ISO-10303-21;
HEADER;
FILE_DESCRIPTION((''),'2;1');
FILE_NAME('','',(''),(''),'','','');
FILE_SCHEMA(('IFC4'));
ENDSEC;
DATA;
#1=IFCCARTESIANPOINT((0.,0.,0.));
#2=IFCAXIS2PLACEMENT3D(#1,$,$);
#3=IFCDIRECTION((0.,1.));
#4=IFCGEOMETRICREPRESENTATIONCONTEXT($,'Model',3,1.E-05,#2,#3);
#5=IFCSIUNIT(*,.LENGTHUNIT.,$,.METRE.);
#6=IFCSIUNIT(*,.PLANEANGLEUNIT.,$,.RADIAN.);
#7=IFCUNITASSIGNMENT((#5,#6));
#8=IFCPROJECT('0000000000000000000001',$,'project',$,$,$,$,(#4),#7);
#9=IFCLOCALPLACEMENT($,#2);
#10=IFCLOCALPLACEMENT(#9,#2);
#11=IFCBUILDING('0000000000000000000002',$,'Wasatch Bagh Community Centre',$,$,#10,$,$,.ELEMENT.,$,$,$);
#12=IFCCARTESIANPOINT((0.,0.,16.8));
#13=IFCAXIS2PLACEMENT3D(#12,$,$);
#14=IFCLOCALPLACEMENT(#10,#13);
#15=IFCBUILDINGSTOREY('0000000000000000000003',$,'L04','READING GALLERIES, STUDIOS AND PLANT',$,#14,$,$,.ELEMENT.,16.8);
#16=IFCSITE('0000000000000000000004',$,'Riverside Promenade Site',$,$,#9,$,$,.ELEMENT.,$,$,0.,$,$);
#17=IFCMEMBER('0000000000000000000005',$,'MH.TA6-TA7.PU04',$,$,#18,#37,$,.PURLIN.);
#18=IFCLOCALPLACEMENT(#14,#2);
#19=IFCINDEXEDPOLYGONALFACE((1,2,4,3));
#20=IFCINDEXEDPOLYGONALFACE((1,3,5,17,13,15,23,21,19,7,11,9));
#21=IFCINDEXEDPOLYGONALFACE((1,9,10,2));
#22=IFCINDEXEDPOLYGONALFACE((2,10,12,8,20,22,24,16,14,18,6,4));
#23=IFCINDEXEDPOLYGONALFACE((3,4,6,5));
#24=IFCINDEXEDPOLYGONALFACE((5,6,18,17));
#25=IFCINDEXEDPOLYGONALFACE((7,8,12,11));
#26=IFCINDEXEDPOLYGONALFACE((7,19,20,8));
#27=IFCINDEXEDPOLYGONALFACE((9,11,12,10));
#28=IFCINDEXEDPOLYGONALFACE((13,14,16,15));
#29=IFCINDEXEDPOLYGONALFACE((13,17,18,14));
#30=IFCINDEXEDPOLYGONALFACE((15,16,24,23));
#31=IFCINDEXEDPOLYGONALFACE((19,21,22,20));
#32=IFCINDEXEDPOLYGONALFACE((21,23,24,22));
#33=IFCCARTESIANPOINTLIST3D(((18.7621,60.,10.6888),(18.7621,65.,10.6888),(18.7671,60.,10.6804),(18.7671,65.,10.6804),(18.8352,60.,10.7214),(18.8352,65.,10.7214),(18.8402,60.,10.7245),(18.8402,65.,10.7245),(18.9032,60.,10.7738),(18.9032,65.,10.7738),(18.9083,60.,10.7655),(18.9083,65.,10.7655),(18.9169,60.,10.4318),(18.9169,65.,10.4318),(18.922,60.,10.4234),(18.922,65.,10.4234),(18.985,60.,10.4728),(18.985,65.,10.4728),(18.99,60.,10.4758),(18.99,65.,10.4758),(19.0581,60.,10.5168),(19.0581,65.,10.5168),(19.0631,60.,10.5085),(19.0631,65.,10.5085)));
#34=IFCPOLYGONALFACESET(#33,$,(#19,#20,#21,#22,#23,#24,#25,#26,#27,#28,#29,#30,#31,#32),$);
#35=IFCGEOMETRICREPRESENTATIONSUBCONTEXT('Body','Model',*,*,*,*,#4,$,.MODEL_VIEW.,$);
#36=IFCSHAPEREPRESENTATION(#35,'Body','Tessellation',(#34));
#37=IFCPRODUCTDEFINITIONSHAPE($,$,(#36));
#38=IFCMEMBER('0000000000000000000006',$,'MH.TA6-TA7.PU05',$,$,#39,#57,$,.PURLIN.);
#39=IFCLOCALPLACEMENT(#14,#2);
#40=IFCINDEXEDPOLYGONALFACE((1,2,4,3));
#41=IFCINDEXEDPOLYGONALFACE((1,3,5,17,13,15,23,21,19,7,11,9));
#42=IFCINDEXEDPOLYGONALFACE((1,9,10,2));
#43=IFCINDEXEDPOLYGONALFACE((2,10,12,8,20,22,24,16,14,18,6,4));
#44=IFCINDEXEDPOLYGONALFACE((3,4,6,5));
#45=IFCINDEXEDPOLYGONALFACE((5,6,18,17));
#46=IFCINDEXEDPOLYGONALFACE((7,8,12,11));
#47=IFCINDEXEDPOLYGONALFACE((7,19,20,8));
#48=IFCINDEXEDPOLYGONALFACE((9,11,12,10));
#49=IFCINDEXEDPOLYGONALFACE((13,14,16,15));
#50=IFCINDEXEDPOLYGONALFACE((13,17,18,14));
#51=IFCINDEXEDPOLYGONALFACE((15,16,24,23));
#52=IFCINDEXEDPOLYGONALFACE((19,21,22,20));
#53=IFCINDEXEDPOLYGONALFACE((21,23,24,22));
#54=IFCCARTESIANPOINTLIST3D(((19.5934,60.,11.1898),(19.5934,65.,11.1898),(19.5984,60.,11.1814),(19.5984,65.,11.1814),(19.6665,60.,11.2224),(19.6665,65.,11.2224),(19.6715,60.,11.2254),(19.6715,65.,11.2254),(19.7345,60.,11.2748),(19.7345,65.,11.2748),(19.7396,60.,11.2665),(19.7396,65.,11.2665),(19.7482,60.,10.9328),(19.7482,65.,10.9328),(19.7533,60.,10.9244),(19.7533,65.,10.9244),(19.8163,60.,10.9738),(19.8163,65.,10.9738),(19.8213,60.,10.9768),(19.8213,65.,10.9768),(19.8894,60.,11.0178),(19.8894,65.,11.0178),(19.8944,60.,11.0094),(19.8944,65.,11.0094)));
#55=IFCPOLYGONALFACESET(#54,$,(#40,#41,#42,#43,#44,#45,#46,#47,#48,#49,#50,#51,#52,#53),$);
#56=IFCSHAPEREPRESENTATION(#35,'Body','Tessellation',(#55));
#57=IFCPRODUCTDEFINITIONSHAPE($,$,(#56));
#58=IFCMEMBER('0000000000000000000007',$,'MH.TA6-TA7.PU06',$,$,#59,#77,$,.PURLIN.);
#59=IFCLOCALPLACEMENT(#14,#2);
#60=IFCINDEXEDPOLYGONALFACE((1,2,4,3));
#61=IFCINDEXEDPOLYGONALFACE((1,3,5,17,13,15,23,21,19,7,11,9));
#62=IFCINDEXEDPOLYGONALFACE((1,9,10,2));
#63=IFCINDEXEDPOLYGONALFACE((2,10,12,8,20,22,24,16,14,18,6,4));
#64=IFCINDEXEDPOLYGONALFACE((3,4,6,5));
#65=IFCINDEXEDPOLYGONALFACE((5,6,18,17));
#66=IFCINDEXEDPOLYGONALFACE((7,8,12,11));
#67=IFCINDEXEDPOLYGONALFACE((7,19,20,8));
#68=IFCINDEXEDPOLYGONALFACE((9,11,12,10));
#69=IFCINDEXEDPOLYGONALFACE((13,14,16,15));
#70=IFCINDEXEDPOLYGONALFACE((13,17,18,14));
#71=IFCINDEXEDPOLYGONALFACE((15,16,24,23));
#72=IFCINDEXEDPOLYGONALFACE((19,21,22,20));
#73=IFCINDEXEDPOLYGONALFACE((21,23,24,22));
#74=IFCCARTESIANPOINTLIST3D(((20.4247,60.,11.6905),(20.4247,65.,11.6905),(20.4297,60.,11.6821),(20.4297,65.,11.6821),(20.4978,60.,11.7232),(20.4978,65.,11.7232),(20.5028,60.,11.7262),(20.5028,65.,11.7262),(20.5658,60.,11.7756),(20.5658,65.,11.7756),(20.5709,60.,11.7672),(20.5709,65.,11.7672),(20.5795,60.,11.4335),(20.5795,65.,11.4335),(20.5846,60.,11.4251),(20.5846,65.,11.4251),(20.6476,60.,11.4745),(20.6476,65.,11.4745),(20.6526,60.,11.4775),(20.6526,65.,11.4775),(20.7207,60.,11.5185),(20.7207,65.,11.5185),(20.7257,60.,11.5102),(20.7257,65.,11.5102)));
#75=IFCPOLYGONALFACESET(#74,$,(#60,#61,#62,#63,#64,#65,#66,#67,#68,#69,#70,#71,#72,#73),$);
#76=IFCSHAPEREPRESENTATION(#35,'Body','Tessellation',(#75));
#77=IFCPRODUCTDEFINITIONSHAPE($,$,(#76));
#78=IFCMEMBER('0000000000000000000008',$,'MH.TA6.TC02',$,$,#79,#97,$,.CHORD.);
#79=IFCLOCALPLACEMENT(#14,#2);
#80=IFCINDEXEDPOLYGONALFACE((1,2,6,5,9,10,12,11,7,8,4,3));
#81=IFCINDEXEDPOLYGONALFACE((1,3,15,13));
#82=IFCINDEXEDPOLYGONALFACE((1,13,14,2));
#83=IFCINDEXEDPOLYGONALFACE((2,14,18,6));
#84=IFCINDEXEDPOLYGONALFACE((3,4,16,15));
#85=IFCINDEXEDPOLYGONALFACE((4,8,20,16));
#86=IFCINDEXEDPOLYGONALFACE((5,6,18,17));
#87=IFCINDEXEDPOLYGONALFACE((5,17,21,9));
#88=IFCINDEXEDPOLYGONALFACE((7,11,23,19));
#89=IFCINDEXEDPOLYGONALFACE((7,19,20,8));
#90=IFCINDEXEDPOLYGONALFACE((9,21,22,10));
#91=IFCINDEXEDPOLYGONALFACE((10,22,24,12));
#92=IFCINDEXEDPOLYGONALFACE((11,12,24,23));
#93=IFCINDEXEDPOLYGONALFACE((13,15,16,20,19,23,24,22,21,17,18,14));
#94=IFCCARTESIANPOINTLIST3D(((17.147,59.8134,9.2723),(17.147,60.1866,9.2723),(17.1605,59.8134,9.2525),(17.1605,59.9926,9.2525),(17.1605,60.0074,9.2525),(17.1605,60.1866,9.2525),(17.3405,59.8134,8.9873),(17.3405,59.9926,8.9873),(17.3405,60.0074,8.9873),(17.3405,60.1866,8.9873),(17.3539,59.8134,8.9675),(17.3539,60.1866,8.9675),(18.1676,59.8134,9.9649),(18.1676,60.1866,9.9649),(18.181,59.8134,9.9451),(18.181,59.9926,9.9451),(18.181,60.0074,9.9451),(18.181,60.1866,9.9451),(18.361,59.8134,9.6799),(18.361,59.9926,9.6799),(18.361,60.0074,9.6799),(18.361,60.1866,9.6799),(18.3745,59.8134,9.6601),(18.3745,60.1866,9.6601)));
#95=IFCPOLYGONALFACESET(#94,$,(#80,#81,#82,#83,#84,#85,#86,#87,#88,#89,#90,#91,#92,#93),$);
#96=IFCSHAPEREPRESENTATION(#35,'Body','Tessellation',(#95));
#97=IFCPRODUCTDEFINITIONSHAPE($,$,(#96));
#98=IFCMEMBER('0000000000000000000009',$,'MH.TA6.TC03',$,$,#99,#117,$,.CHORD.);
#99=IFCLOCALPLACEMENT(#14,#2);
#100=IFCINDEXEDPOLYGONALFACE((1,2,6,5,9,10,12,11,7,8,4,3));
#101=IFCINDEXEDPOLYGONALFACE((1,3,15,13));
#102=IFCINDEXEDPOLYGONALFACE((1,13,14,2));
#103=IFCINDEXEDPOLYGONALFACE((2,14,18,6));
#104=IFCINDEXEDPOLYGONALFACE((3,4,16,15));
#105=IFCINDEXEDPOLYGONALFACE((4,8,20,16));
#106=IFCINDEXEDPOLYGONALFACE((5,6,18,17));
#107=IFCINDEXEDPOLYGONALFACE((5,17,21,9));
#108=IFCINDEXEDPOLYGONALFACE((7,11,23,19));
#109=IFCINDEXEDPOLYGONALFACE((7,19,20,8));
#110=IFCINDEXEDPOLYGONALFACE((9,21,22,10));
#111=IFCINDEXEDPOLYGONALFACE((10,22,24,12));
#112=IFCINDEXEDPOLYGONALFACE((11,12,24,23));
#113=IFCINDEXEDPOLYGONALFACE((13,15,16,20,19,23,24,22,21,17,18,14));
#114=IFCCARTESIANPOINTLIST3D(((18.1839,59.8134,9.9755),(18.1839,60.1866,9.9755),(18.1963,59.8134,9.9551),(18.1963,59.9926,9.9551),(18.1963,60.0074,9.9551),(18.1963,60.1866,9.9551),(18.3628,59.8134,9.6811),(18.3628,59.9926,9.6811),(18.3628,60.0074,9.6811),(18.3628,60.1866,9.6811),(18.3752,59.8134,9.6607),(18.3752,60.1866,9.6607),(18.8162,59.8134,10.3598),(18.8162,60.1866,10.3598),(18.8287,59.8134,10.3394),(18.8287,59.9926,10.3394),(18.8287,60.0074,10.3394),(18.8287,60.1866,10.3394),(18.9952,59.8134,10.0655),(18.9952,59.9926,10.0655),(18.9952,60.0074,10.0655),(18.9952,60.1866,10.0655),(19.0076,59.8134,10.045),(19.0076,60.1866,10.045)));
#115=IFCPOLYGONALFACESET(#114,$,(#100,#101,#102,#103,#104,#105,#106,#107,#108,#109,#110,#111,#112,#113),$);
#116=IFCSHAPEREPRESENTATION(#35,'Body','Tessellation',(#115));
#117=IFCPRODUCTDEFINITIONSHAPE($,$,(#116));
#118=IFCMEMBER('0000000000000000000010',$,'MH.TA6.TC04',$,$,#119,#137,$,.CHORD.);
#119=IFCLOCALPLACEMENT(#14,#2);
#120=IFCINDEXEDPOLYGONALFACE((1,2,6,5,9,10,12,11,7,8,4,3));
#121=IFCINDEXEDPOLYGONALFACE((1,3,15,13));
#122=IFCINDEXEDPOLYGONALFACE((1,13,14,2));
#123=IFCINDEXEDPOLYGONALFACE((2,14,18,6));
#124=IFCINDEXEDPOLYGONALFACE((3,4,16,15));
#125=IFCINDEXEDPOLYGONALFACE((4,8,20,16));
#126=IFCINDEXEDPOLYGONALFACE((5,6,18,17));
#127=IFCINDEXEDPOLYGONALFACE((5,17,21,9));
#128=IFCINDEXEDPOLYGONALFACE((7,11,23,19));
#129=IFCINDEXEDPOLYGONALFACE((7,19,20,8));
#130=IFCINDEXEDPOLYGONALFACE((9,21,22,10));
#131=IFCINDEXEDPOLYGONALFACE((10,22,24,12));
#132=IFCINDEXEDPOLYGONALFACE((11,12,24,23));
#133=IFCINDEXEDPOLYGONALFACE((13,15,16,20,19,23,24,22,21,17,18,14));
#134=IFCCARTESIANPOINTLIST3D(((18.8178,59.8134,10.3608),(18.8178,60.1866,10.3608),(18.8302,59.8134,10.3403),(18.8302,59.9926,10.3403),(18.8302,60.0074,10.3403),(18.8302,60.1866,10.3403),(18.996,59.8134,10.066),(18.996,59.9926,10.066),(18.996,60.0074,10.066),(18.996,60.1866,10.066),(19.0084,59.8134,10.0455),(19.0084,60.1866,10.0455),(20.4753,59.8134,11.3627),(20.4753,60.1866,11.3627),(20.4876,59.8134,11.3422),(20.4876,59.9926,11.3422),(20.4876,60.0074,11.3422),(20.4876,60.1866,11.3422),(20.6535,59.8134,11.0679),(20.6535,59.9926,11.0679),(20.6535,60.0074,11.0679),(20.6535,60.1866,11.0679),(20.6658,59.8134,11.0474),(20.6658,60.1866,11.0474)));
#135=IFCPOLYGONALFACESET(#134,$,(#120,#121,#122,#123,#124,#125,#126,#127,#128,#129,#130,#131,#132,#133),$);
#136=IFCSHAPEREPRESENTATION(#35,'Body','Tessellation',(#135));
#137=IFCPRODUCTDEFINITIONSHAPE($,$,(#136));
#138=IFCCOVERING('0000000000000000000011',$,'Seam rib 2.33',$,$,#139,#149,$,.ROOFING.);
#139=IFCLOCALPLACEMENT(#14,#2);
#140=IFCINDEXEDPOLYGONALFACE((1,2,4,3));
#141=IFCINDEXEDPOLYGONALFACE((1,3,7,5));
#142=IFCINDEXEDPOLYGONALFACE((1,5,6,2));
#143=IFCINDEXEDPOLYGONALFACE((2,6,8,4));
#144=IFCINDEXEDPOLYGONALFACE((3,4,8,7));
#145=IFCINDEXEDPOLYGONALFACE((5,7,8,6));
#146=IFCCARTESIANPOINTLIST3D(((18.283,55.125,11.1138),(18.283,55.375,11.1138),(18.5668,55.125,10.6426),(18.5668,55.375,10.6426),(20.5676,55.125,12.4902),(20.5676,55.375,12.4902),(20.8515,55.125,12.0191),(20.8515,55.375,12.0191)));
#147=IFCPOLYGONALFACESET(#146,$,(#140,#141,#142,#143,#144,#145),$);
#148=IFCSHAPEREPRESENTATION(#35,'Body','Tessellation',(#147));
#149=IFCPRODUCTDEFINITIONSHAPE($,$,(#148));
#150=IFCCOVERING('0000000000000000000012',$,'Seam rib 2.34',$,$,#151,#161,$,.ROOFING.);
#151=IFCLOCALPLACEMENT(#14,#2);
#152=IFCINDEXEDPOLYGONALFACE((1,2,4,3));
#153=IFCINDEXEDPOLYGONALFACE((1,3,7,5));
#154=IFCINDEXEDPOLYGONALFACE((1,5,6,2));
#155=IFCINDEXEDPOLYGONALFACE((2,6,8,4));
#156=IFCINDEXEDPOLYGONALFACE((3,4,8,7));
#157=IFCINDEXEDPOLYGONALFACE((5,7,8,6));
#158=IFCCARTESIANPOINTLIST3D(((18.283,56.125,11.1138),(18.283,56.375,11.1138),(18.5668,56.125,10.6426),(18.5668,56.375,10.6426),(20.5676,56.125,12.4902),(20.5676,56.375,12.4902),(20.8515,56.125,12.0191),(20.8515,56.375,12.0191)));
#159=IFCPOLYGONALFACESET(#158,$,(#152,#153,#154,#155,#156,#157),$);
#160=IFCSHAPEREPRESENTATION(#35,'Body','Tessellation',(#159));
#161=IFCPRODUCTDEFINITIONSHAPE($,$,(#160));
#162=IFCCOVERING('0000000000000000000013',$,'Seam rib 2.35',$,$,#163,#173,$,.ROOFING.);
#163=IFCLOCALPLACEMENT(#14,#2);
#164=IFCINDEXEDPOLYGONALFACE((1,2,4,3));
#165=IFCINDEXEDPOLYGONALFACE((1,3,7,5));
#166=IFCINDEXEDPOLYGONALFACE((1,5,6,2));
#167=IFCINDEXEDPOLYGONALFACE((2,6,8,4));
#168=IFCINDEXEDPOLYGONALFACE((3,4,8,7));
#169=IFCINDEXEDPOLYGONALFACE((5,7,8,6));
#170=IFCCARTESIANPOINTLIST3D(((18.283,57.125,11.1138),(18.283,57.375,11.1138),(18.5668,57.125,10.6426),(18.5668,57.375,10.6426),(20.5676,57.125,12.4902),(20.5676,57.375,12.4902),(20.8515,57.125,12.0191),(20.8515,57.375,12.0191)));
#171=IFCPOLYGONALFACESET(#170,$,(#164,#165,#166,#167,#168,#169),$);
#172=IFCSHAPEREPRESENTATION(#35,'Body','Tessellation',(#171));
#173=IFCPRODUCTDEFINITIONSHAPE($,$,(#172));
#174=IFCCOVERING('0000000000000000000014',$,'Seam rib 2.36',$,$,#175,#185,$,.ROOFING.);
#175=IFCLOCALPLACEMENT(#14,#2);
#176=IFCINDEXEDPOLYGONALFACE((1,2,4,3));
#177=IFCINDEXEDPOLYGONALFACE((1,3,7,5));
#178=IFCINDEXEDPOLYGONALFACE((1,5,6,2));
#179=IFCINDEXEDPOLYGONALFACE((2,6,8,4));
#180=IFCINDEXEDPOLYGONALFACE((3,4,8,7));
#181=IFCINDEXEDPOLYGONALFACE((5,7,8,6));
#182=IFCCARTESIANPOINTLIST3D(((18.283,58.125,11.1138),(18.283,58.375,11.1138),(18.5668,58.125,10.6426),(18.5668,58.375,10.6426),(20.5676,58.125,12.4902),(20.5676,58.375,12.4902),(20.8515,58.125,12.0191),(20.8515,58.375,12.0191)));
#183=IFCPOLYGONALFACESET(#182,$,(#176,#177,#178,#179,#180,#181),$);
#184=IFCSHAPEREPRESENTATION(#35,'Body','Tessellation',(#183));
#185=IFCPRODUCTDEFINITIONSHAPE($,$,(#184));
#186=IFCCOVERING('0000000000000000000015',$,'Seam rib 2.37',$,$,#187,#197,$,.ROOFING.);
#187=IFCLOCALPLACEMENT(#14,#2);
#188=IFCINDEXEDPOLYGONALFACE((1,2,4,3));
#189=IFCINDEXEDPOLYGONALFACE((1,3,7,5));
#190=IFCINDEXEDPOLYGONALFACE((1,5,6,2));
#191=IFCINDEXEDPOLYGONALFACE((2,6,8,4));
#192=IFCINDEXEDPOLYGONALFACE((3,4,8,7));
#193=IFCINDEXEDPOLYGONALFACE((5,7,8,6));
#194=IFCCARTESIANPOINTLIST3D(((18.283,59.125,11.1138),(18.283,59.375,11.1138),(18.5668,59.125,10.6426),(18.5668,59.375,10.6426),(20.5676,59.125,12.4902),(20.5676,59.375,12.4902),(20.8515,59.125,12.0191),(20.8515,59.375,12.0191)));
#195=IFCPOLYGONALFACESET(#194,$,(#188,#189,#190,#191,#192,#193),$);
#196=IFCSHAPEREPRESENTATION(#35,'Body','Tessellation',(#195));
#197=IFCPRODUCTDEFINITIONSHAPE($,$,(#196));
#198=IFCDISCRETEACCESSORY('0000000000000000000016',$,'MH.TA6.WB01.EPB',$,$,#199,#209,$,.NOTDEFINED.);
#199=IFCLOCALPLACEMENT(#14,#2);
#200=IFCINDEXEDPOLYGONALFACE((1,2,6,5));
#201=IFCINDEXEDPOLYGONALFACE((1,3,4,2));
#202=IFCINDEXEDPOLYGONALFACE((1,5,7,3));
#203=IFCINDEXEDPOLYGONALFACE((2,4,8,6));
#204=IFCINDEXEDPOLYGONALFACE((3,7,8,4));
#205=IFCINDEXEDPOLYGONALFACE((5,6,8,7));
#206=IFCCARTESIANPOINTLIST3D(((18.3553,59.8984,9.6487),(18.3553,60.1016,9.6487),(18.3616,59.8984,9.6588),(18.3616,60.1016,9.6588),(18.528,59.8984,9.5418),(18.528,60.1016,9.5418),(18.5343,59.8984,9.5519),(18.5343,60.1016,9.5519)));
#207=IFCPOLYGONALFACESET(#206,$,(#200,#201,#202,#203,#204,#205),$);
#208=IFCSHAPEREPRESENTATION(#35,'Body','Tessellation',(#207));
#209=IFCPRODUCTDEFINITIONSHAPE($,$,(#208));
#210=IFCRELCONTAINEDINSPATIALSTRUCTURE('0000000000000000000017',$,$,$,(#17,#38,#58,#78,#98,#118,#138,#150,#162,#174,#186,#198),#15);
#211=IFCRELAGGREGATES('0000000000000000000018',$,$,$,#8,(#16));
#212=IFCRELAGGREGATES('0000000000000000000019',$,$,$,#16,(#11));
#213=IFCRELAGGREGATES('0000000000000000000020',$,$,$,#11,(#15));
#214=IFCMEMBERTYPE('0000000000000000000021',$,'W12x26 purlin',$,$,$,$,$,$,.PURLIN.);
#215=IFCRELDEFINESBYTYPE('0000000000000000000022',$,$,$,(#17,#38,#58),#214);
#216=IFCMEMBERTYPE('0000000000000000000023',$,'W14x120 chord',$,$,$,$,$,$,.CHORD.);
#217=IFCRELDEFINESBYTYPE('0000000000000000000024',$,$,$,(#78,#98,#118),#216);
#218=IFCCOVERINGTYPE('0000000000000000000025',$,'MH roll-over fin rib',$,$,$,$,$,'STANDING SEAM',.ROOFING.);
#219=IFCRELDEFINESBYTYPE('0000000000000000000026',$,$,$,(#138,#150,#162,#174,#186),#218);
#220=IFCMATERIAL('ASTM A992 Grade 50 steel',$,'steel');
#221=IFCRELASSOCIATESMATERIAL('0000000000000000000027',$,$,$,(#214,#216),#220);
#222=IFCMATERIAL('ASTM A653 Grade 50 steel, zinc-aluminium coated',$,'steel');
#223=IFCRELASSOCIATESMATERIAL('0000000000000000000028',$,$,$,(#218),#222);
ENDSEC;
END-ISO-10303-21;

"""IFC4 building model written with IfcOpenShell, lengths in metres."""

from ifc_helpers import new_model, si_unit, direction, frame, origin, origin_2d, place, context, subcontext, project, spatial, polyline, rectangle, i_section, outline, extrude, material, material_profile, profile_set, type_object, element, save


model = new_model("IFC4")

# Units and contexts
model_context = context("Model", 3, precision=1e-05, world=origin(), true_north=direction((0.0, 1.0)))
body_context = subcontext(model_context, "Body", "Model", "MODEL_VIEW")
ifc_project = project(units=[si_unit("LENGTHUNIT", "METRE"), si_unit("PLANEANGLEUNIT", "RADIAN")], contexts=[model_context])

# Site, building, storey
site_placement = place(None, origin())
site = spatial("IfcSite", under=ifc_project, at=site_placement, Name="Riverside Promenade Site", CompositionType="ELEMENT", RefElevation=0.0)
building_placement = place(site_placement, origin())
building = spatial("IfcBuilding", under=site, at=building_placement, Name="Wasatch Bagh Community Centre", CompositionType="ELEMENT")
storey_placement = place(building_placement, frame((0.0, 0.0, 16.8)))
storey = spatial("IfcBuildingStorey", under=building, at=storey_placement, Name="L04", Description="READING GALLERIES, STUDIOS AND PLANT", CompositionType="ELEMENT", Elevation=16.8)

# Members
ifc_material_1 = material(Name="ASTM A992 Grade 50 steel", Category="steel")
ifc_material_profile_1 = material_profile(ifc_material_1, i_section(OverallWidth=0.1648, OverallDepth=0.3098, WebThickness=0.0059, FlangeThickness=0.0098, at=origin_2d()), Name="W12x26")
ifc_profile_set_1 = profile_set([ifc_material_profile_1], Name="ASTM A992 Grade 50 steel")
member_type_1 = type_object("IfcMemberType", Name="W12x26 purlin", PredefinedType="PURLIN", material=ifc_profile_set_1)
for number, where, z_axis, x_axis, name in (
    (1, (18.9126, 60.0, 10.5986), (0.0, 1.0, 0.0), (-0.856568, 0.0, -0.516034), "MH.TA6-TA7.PU04"),
    (2, (19.7439, 60.0, 11.0996), (0.0, 1.0, 0.0), (-0.856568, 0.0, -0.516034), "MH.TA6-TA7.PU05"),
    (3, (20.5752, 60.0, 11.6003), (0.0, 1.0, 0.0), (-0.856568, 0.0, -0.516034), "MH.TA6-TA7.PU06"),
):
    element("IfcMember", number, at=place(storey_placement, frame(where, z_axis=z_axis, x_axis=x_axis)), inside=storey, type_object=member_type_1, Name=name, PredefinedType="PURLIN", context=body_context, shape_type="SweptSolid", body=[
        extrude(i_section(OverallWidth=0.1648, OverallDepth=0.3098, WebThickness=0.0059, FlangeThickness=0.0098, at=origin_2d()), origin(), (0.0, 0.0, 1.0), 5.0),
    ])
ifc_material_profile_2 = material_profile(ifc_material_1, i_section(OverallWidth=0.3733, OverallDepth=0.3684, WebThickness=0.0149, FlangeThickness=0.0239, at=origin_2d()), Name="W14x120")
ifc_profile_set_2 = profile_set([ifc_material_profile_2], Name="ASTM A992 Grade 50 steel")
member_type_2 = type_object("IfcMemberType", Name="W14x120 chord", PredefinedType="CHORD", material=ifc_profile_set_2)
member_1_placement = place(storey_placement, frame((17.2505, 60.0, 9.1199), z_axis=(0.827423, 0.0, 0.561579), x_axis=(0.0, 1.0, 0.0)))
element("IfcMember", 4, at=member_1_placement, inside=storey, type_object=member_type_2, Name="MH.TA6.TC02", PredefinedType="CHORD", context=body_context, shape_type="SweptSolid", body=[
    extrude(i_section(OverallWidth=0.3733, OverallDepth=0.3684, WebThickness=0.0149, FlangeThickness=0.0239, at=origin_2d()), origin(), (0.0, 0.0, 1.0), 1.2334),
])
member_2_placement = place(storey_placement, frame((18.2795, 60.0, 9.8181), z_axis=(0.854568, 0.0, 0.51934), x_axis=(0.0, 1.0, 0.0)))
element("IfcMember", 5, at=member_2_placement, inside=storey, type_object=member_type_2, Name="MH.TA6.TC03", PredefinedType="CHORD", context=body_context, shape_type="SweptSolid", body=[
    extrude(i_section(OverallWidth=0.3733, OverallDepth=0.3684, WebThickness=0.0149, FlangeThickness=0.0239, at=origin_2d()), origin(), (0.0, 0.0, 1.0), 0.74),
])
member_3_placement = place(storey_placement, frame((18.9131, 60.0, 10.2031), z_axis=(0.855786, 0.0, 0.517329), x_axis=(0.0, 1.0, 0.0)))
element("IfcMember", 6, at=member_3_placement, inside=storey, type_object=member_type_2, Name="MH.TA6.TC04", PredefinedType="CHORD", context=body_context, shape_type="SweptSolid", body=[
    extrude(i_section(OverallWidth=0.3733, OverallDepth=0.3684, WebThickness=0.0149, FlangeThickness=0.0239, at=origin_2d()), origin(), (0.0, 0.0, 1.0), 1.9368),
])

# Coverings
ifc_material_2 = material(Name="ASTM A653 Grade 50 steel, zinc-aluminium coated", Category="steel")
covering_type = type_object("IfcCoveringType", Name="MH roll-over fin rib", ElementType="STANDING SEAM", PredefinedType="ROOFING", material=ifc_material_2)
for number, where, z_axis, x_axis, name in (
    (7, (18.283, 55.125, 11.1138), (-0.516056, 0.0, 0.856555), (0.856555, 0.0, 0.516056), "Seam rib 2.33"),
    (8, (18.283, 56.125, 11.1138), (-0.516056, 0.0, 0.856555), (0.856555, 0.0, 0.516056), "Seam rib 2.34"),
    (9, (18.283, 57.125, 11.1138), (-0.516056, 0.0, 0.856555), (0.856555, 0.0, 0.516056), "Seam rib 2.35"),
    (10, (18.283, 58.125, 11.1138), (-0.516056, 0.0, 0.856555), (0.856555, 0.0, 0.516056), "Seam rib 2.36"),
    (11, (18.283, 59.125, 11.1138), (-0.516056, 0.0, 0.856555), (0.856555, 0.0, 0.516056), "Seam rib 2.37"),
):
    element("IfcCovering", number, at=place(storey_placement, frame(where, z_axis=z_axis, x_axis=x_axis)), inside=storey, type_object=covering_type, Name=name, PredefinedType="ROOFING", context=body_context, shape_type="SweptSolid", body=[
        extrude(outline(polyline([(0.0, 0.0), (2.6673, 0.0), (2.6673, 0.25), (0.0, 0.25), (0.0, 0.0)])), origin(), (0.0, 0.0, -1.0), 0.55),
    ])

# Discrete accessory
discrete_accessory_1_placement = place(storey_placement, frame((18.4417, 60.0, 9.5952), z_axis=(0.526355, 0.0, 0.850265), x_axis=(0.0, 1.0, 0.0)))
element("IfcDiscreteAccessory", 12, at=discrete_accessory_1_placement, inside=storey, Name="MH.TA6.WB01.EPB", PredefinedType="NOTDEFINED", context=body_context, shape_type="SweptSolid", body=[
    extrude(rectangle(XDim=0.2031, YDim=0.2031, at=origin_2d()), origin(), (0.0, 0.0, 1.0), 0.012),
])

save(model, "model.ifc")
